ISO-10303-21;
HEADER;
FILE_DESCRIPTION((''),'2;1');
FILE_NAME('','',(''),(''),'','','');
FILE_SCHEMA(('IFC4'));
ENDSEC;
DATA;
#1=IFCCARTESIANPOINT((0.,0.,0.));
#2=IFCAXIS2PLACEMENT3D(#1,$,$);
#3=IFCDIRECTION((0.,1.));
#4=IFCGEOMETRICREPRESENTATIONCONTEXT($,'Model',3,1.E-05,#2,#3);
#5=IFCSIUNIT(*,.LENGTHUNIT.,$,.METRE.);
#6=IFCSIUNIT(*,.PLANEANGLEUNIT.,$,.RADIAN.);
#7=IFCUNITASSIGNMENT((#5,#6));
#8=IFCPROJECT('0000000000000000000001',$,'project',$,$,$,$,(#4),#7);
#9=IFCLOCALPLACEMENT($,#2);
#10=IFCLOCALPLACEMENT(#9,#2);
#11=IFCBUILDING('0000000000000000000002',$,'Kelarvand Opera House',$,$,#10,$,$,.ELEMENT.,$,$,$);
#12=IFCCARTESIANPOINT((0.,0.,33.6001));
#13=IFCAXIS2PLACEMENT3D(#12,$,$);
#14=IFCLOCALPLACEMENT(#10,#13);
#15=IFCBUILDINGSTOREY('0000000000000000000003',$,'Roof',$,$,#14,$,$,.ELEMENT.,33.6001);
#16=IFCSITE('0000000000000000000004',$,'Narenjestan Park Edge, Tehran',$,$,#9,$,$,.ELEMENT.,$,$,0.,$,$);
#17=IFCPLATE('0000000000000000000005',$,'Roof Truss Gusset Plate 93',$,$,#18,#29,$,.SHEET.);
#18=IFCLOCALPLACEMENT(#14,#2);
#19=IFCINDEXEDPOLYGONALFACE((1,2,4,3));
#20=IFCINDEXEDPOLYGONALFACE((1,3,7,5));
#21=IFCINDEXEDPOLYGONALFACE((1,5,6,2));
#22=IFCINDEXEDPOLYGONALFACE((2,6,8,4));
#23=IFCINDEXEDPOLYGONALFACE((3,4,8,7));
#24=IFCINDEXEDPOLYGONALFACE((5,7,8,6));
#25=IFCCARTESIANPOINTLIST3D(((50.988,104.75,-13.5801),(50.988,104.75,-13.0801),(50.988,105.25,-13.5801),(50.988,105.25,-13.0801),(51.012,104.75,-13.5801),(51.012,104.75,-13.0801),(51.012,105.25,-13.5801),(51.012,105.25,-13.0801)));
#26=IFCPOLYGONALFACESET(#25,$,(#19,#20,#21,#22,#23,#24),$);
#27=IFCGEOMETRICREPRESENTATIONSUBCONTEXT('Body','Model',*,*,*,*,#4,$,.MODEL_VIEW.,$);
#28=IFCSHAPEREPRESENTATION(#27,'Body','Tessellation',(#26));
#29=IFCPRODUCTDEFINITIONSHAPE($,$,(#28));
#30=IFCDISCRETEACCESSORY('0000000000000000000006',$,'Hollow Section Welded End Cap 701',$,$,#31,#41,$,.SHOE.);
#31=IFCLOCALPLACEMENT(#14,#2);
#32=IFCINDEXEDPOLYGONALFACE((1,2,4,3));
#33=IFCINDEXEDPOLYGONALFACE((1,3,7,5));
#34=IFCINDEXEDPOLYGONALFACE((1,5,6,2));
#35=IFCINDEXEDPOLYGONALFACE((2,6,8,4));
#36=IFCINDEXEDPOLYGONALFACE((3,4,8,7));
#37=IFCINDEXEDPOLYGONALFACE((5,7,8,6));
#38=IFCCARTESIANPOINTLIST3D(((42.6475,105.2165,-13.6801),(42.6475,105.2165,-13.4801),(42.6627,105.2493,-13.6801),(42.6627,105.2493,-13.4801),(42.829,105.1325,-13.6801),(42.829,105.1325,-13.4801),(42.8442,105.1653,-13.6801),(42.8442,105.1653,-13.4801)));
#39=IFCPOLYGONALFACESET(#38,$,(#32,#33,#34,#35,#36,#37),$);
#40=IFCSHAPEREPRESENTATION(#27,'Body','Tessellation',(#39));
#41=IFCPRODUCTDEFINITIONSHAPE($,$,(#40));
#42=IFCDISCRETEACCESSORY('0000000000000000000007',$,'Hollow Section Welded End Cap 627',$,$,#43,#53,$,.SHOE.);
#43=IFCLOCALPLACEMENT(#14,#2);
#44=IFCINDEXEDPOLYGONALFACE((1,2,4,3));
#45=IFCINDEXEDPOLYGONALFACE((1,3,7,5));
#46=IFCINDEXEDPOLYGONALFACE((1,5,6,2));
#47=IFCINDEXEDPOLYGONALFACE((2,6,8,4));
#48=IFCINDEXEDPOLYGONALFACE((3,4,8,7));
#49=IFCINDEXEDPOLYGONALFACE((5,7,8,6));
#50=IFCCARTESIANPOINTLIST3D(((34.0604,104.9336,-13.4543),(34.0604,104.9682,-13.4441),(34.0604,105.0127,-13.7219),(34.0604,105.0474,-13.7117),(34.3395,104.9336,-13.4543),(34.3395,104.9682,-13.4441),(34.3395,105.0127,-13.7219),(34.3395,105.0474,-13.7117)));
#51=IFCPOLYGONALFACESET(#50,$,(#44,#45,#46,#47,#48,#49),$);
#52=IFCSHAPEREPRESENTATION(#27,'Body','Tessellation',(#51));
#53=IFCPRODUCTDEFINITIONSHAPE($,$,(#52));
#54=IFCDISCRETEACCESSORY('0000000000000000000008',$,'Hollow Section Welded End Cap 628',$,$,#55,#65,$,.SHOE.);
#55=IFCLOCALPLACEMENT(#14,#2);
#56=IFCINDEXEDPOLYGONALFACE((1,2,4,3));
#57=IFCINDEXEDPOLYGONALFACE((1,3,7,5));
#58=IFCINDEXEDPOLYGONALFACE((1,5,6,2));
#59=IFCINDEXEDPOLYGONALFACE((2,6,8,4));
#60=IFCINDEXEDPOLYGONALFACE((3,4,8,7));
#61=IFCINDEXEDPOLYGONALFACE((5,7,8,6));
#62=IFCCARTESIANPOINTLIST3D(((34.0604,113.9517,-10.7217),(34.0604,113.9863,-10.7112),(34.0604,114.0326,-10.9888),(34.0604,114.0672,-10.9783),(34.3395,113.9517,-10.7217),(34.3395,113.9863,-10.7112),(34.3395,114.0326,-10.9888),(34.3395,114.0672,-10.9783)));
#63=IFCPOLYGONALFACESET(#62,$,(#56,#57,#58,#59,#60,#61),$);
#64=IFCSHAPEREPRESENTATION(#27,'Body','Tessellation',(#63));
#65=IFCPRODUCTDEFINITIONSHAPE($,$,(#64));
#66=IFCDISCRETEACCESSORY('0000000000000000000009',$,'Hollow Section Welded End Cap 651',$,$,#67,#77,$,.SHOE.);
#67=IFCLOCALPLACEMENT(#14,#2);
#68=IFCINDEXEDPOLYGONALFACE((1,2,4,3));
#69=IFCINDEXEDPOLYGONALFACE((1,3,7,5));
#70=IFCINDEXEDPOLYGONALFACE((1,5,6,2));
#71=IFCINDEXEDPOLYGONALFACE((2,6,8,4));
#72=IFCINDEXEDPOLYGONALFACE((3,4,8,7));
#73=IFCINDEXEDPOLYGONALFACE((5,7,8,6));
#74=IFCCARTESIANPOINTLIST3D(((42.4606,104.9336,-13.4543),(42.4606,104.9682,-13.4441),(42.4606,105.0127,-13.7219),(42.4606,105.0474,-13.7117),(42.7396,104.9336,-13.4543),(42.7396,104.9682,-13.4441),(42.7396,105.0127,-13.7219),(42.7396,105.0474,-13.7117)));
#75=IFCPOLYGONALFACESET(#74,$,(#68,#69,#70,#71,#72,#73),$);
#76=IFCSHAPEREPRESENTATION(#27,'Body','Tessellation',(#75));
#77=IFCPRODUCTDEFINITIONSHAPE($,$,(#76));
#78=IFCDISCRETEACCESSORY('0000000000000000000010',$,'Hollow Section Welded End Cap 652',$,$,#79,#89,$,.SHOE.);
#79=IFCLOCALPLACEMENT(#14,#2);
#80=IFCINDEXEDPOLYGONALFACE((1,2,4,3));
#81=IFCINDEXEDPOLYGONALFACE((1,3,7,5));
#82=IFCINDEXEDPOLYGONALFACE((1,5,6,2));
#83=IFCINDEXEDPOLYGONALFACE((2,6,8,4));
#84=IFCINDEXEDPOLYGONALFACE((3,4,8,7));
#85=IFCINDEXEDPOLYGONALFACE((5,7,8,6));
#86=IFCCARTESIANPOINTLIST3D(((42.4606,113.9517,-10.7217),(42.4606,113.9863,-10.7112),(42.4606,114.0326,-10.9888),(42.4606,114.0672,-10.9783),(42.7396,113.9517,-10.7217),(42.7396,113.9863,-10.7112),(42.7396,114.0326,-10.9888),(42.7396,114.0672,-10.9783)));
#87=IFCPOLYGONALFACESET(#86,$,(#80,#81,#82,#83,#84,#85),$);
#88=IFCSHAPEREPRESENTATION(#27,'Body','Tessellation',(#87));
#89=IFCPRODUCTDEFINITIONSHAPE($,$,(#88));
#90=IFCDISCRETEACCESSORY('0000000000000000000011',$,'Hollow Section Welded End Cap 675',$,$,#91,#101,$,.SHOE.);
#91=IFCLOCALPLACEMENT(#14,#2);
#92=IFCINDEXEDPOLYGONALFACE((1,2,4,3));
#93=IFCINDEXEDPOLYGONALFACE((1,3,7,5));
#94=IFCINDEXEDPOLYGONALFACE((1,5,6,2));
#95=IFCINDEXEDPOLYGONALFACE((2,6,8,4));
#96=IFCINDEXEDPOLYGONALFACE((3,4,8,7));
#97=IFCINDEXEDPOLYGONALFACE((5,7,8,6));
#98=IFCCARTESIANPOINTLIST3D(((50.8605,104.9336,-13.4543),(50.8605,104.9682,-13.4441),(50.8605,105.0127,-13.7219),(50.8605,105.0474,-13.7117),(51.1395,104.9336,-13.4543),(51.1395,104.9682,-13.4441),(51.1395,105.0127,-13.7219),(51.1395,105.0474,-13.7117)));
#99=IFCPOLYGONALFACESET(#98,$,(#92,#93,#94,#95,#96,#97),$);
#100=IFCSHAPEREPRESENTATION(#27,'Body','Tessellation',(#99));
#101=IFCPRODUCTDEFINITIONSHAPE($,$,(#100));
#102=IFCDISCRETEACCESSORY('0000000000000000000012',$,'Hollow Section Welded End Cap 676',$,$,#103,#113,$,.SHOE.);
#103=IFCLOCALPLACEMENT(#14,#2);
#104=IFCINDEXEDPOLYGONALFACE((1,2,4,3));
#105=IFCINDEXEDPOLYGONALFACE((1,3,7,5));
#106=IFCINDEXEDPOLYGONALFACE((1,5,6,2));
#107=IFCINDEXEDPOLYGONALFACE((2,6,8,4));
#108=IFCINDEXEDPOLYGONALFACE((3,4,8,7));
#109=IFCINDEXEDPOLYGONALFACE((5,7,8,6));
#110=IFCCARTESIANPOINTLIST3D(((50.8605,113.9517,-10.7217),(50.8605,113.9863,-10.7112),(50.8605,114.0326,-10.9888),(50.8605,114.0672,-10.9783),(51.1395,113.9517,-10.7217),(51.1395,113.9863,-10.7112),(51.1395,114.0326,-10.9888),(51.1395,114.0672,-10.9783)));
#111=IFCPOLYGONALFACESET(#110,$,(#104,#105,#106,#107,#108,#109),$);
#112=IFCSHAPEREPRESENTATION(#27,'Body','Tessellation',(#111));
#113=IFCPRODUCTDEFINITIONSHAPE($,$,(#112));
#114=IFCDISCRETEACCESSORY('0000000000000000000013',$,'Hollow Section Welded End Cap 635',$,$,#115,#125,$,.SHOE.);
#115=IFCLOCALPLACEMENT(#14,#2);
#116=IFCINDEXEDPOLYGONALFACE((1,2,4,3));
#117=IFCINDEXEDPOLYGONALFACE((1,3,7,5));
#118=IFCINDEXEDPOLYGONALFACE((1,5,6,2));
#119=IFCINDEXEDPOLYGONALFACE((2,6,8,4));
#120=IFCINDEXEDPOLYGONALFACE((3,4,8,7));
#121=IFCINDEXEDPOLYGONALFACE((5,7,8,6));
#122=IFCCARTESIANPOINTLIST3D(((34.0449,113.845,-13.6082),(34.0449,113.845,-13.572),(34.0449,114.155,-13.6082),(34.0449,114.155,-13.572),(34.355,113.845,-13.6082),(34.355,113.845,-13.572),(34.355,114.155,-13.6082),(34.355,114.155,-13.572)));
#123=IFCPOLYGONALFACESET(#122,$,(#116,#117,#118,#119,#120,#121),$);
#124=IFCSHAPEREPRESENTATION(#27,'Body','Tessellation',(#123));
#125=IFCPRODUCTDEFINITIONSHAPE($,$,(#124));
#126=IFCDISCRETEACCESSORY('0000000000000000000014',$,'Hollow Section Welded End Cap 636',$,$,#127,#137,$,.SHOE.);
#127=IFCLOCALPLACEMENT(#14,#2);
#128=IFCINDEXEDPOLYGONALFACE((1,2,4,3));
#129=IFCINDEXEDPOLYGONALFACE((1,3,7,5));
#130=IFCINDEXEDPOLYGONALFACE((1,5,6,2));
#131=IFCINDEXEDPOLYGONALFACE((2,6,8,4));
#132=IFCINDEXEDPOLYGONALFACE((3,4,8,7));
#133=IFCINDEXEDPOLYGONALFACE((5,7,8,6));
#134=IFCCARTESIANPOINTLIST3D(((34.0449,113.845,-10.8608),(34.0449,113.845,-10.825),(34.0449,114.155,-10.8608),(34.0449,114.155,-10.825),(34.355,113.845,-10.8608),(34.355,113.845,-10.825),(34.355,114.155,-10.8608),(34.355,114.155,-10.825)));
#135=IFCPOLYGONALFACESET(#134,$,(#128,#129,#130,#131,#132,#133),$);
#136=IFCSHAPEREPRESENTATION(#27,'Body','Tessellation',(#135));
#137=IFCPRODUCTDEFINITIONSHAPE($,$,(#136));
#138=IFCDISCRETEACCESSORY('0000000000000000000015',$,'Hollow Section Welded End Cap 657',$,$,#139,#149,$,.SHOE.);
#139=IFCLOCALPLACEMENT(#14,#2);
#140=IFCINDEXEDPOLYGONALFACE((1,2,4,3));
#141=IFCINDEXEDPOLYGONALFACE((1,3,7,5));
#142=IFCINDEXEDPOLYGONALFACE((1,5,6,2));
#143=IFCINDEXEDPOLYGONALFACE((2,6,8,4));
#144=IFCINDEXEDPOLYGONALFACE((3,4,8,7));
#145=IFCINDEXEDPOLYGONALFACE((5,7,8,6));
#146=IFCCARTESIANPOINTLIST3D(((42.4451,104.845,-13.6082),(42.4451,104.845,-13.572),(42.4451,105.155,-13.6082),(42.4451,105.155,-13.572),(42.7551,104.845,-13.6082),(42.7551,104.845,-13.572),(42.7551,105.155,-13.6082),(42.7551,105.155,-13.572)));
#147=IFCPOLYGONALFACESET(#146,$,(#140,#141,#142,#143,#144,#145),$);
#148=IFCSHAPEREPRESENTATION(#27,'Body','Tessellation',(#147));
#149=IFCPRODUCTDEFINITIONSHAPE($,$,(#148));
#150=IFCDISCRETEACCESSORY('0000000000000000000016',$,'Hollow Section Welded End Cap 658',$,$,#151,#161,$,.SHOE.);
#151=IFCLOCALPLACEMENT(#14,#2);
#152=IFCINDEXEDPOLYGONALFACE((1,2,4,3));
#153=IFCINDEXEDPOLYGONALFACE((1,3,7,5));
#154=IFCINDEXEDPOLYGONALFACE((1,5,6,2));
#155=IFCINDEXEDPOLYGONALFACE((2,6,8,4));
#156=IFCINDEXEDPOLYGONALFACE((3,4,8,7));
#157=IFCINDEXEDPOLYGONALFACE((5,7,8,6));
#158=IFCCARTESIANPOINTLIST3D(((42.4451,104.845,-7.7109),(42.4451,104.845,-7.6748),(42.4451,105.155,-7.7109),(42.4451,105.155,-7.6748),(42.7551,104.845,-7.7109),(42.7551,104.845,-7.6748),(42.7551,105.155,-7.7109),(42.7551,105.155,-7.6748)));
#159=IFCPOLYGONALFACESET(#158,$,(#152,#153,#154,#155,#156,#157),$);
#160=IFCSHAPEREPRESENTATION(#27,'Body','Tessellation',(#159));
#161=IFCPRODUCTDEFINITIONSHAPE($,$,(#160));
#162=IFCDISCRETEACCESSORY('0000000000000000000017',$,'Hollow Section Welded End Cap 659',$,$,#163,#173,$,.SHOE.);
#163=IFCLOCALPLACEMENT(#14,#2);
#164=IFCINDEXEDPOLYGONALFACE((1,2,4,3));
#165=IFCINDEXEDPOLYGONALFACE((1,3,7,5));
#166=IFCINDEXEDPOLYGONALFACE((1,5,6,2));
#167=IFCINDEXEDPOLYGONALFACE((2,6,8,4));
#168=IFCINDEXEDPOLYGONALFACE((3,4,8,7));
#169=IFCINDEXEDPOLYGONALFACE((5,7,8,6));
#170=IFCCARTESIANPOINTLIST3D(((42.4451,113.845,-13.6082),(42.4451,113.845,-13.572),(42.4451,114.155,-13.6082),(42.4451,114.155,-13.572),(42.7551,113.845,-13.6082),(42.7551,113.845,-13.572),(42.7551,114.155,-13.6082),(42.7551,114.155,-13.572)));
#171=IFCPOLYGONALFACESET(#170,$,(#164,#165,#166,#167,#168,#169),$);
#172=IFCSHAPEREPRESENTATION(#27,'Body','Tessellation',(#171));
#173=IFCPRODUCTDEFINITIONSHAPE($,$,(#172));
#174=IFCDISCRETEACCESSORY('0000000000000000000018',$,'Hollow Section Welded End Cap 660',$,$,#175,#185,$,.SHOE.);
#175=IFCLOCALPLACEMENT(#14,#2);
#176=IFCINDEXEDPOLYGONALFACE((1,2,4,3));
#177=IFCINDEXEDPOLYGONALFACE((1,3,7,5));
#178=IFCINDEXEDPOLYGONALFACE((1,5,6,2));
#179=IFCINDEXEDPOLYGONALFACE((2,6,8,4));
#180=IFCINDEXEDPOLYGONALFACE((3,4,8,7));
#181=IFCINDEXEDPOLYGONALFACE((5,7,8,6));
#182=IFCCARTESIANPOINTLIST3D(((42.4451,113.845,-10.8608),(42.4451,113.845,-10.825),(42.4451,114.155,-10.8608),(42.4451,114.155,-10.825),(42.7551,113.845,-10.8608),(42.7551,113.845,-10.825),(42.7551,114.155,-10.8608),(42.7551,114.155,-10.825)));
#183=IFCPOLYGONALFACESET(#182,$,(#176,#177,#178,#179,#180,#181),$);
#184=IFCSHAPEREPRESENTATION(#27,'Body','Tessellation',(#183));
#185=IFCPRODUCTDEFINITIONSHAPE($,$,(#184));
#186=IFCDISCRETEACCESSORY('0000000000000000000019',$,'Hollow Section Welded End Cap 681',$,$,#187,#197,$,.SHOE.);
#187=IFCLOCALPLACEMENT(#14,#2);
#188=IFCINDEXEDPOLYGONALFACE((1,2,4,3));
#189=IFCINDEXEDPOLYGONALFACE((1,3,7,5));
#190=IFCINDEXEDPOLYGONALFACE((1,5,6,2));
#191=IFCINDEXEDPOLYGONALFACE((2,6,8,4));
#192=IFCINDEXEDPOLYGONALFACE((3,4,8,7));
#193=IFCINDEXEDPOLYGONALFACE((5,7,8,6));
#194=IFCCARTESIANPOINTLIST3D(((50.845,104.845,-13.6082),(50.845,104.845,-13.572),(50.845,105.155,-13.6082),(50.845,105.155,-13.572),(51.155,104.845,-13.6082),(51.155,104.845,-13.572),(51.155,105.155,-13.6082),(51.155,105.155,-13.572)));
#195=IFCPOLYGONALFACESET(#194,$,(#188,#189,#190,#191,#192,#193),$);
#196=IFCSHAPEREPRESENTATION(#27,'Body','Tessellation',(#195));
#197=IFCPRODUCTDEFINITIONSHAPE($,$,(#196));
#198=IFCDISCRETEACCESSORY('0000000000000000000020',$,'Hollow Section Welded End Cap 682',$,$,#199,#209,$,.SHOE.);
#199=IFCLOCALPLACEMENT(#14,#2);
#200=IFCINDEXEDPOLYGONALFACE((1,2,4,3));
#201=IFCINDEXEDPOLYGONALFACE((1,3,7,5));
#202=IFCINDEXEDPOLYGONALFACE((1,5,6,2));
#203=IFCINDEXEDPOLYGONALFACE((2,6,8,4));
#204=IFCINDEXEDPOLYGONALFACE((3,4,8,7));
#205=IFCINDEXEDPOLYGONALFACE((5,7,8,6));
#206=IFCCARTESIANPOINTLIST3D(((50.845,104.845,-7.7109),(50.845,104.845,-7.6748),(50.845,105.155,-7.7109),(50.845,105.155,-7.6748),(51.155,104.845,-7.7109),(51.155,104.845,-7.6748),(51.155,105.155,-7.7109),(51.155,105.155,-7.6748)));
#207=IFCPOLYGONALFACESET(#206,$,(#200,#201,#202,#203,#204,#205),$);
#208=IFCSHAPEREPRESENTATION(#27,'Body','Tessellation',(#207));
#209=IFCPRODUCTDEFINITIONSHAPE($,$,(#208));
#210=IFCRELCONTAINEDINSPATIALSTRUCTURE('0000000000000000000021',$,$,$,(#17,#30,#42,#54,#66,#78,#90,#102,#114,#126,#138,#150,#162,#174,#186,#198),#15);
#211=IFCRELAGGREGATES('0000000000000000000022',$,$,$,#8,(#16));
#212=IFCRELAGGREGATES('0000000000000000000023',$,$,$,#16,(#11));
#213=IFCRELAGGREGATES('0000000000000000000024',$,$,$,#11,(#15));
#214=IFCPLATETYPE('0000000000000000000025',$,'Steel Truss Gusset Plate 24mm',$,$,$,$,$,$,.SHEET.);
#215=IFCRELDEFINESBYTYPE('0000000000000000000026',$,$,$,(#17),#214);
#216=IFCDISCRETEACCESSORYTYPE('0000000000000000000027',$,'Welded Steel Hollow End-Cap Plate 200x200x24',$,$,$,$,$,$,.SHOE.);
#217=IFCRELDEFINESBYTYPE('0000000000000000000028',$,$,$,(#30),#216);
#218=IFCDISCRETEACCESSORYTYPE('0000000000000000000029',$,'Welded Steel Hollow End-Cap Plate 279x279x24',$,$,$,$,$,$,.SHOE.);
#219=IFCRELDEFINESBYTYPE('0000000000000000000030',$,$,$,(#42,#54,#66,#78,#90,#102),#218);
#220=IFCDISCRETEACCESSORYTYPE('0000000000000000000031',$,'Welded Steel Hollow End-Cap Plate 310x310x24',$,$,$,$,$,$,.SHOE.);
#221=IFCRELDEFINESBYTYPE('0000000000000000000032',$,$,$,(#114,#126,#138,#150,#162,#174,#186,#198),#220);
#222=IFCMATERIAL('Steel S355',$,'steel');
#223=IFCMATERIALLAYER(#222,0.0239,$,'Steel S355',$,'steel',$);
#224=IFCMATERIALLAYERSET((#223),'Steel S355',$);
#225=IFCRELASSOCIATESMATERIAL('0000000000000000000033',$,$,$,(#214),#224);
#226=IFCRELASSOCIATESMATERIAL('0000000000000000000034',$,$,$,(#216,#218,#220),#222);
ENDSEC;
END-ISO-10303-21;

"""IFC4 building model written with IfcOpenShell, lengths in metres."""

from ifc_helpers import new_model, si_unit, direction, frame, origin, origin_2d, place, context, subcontext, project, spatial, rectangle, extrude, material, layer, layer_set, material_profile, profile_set, type_object, element, save


model = new_model("IFC4")

# Units and contexts
model_context = context("Model", 3, precision=1e-05, world=origin(), true_north=direction((0.0, 1.0)))
body_context = subcontext(model_context, "Body", "Model", "MODEL_VIEW")
ifc_project = project(units=[si_unit("LENGTHUNIT", "METRE"), si_unit("PLANEANGLEUNIT", "RADIAN")], contexts=[model_context])

# Site, building, storey
site_placement = place(None, origin())
site = spatial("IfcSite", under=ifc_project, at=site_placement, Name="Narenjestan Park Edge, Tehran", CompositionType="ELEMENT", RefElevation=0.0)
building_placement = place(site_placement, origin())
building = spatial("IfcBuilding", under=site, at=building_placement, Name="Kelarvand Opera House", CompositionType="ELEMENT")
storey_placement = place(building_placement, frame((0.0, 0.0, 33.6001)))
storey = spatial("IfcBuildingStorey", under=building, at=storey_placement, Name="Roof", CompositionType="ELEMENT", Elevation=33.6001)

# Shared definitions
ifc_material = material(Name="Steel S355", Category="steel")

# Plate
ifc_layer = layer(ifc_material, 0.0239, Name="Steel S355", Category="steel")
ifc_layer_set = layer_set([ifc_layer], Name="Steel S355")
plate_type = type_object("IfcPlateType", Name="Steel Truss Gusset Plate 24mm", PredefinedType="SHEET", material=ifc_layer_set)
for number, where, z_axis, x_axis, name in (
    (1, (51.0, 105.0, -13.5801), (0.0, 0.0, 1.0), (1.0, 0.0, 0.0), "Roof Truss Gusset Plate 93"),
):
    element("IfcPlate", number, at=place(storey_placement, frame(where, z_axis=z_axis, x_axis=x_axis)), inside=storey, type_object=plate_type, Name=name, PredefinedType="SHEET", context=body_context, shape_type="SweptSolid", body=[
        extrude(rectangle(XDim=0.0239, YDim=0.5, at=origin_2d()), origin(), (0.0, 0.0, 1.0), 0.5),
    ])

# Discrete accessories
ifc_material_profile_1 = material_profile(ifc_material, rectangle(XDim=0.2, YDim=0.2, at=origin_2d()), Name="Welded Steel Hollow End-Cap Plate 200x200x24", Category="steel")
ifc_profile_set_1 = profile_set([ifc_material_profile_1], Name="Steel S355")
discrete_accessory_type_1 = type_object("IfcDiscreteAccessoryType", Name="Welded Steel Hollow End-Cap Plate 200x200x24", PredefinedType="SHOE", material=ifc_profile_set_1)
discrete_accessory_1_placement = place(storey_placement, frame((42.7534, 105.2073, -13.5801), z_axis=(-0.419917, -0.907563, 0.0), x_axis=(0.907563, -0.419917, 0.0)))
element("IfcDiscreteAccessory", 2, at=discrete_accessory_1_placement, inside=storey, type_object=discrete_accessory_type_1, Name="Hollow Section Welded End Cap 701", PredefinedType="SHOE", context=body_context, shape_type="SweptSolid", body=[
    extrude(rectangle(XDim=0.2, YDim=0.2, at=origin_2d()), origin(), (0.0, 0.0, 1.0), 0.0361),
])
ifc_material_profile_2 = material_profile(ifc_material, rectangle(XDim=0.2791, YDim=0.2791, at=origin_2d()), Name="Welded Steel Hollow End-Cap Plate 279x279x24", Category="steel")
ifc_profile_set_2 = profile_set([ifc_material_profile_2], Name="Steel S355")
discrete_accessory_type_2 = type_object("IfcDiscreteAccessoryType", Name="Welded Steel Hollow End-Cap Plate 279x279x24", PredefinedType="SHOE", material=ifc_profile_set_2)
for number, where, z_axis, x_axis, name in (
    (3, (34.2, 105.0078, -13.5779), (0.0, -0.958934, -0.283628), (1.0, 0.0, 0.0), "Hollow Section Welded End Cap 627"),
    (4, (34.2, 113.9922, -10.8552), (0.0, 0.957081, 0.28982), (-1.0, 0.0, 0.0), "Hollow Section Welded End Cap 628"),
    (5, (42.6001, 105.0078, -13.5779), (0.0, -0.958934, -0.283628), (1.0, 0.0, 0.0), "Hollow Section Welded End Cap 651"),
    (6, (42.6001, 113.9922, -10.8552), (0.0, 0.957081, 0.28982), (-1.0, 0.0, 0.0), "Hollow Section Welded End Cap 652"),
    (7, (51.0, 105.0078, -13.5779), (0.0, -0.958934, -0.283628), (1.0, 0.0, 0.0), "Hollow Section Welded End Cap 675"),
    (8, (51.0, 113.9922, -10.8552), (0.0, 0.957081, 0.28982), (-1.0, 0.0, 0.0), "Hollow Section Welded End Cap 676"),
):
    element("IfcDiscreteAccessory", number, at=place(storey_placement, frame(where, z_axis=z_axis, x_axis=x_axis)), inside=storey, type_object=discrete_accessory_type_2, Name=name, PredefinedType="SHOE", context=body_context, shape_type="SweptSolid", body=[
        extrude(rectangle(XDim=0.2791, YDim=0.2791, at=origin_2d()), origin(), (0.0, 0.0, 1.0), 0.0361),
    ])
ifc_material_profile_3 = material_profile(ifc_material, rectangle(XDim=0.3101, YDim=0.3101, at=origin_2d()), Name="Welded Steel Hollow End-Cap Plate 310x310x24", Category="steel")
ifc_profile_set_3 = profile_set([ifc_material_profile_3], Name="Steel S355")
discrete_accessory_type_3 = type_object("IfcDiscreteAccessoryType", Name="Welded Steel Hollow End-Cap Plate 310x310x24", PredefinedType="SHOE", material=ifc_profile_set_3)
discrete_accessory_2_placement = place(storey_placement, frame((34.2, 114.0, -13.572), z_axis=(0.0, 0.0, -1.0), x_axis=(1.0, 0.0, 0.0)))
element("IfcDiscreteAccessory", 9, at=discrete_accessory_2_placement, inside=storey, type_object=discrete_accessory_type_3, Name="Hollow Section Welded End Cap 635", PredefinedType="SHOE", context=body_context, shape_type="SweptSolid", body=[
    extrude(rectangle(XDim=0.3101, YDim=0.3101, at=origin_2d()), origin(), (0.0, 0.0, 1.0), 0.0361),
])
discrete_accessory_3_placement = place(storey_placement, frame((34.2, 114.0, -10.8608), z_axis=(0.0, 0.0, 1.0), x_axis=(1.0, 0.0, 0.0)))
element("IfcDiscreteAccessory", 10, at=discrete_accessory_3_placement, inside=storey, type_object=discrete_accessory_type_3, Name="Hollow Section Welded End Cap 636", PredefinedType="SHOE", context=body_context, shape_type="SweptSolid", body=[
    extrude(rectangle(XDim=0.3101, YDim=0.3101, at=origin_2d()), origin(), (0.0, 0.0, 1.0), 0.0359),
])
for number, where, z_axis, x_axis, name in (
    (11, (42.6001, 105.0, -13.572), (0.0, 0.0, -1.0), (1.0, 0.0, 0.0), "Hollow Section Welded End Cap 657"),
    (12, (42.6001, 105.0, -7.7109), (0.0, 0.0, 1.0), (1.0, 0.0, 0.0), "Hollow Section Welded End Cap 658"),
    (13, (42.6001, 114.0, -13.572), (0.0, 0.0, -1.0), (1.0, 0.0, 0.0), "Hollow Section Welded End Cap 659"),
):
    element("IfcDiscreteAccessory", number, at=place(storey_placement, frame(where, z_axis=z_axis, x_axis=x_axis)), inside=storey, type_object=discrete_accessory_type_3, Name=name, PredefinedType="SHOE", context=body_context, shape_type="SweptSolid", body=[
        extrude(rectangle(XDim=0.3101, YDim=0.3101, at=origin_2d()), origin(), (0.0, 0.0, 1.0), 0.0361),
    ])
discrete_accessory_4_placement = place(storey_placement, frame((42.6001, 114.0, -10.8608), z_axis=(0.0, 0.0, 1.0), x_axis=(1.0, 0.0, 0.0)))
element("IfcDiscreteAccessory", 14, at=discrete_accessory_4_placement, inside=storey, type_object=discrete_accessory_type_3, Name="Hollow Section Welded End Cap 660", PredefinedType="SHOE", context=body_context, shape_type="SweptSolid", body=[
    extrude(rectangle(XDim=0.3101, YDim=0.3101, at=origin_2d()), origin(), (0.0, 0.0, 1.0), 0.0359),
])
for number, where, z_axis, x_axis, name in (
    (15, (51.0, 105.0, -13.572), (0.0, 0.0, -1.0), (1.0, 0.0, 0.0), "Hollow Section Welded End Cap 681"),
    (16, (51.0, 105.0, -7.7109), (0.0, 0.0, 1.0), (1.0, 0.0, 0.0), "Hollow Section Welded End Cap 682"),
):
    element("IfcDiscreteAccessory", number, at=place(storey_placement, frame(where, z_axis=z_axis, x_axis=x_axis)), inside=storey, type_object=discrete_accessory_type_3, Name=name, PredefinedType="SHOE", context=body_context, shape_type="SweptSolid", body=[
        extrude(rectangle(XDim=0.3101, YDim=0.3101, at=origin_2d()), origin(), (0.0, 0.0, 1.0), 0.0361),
    ])

save(model, "model.ifc")
